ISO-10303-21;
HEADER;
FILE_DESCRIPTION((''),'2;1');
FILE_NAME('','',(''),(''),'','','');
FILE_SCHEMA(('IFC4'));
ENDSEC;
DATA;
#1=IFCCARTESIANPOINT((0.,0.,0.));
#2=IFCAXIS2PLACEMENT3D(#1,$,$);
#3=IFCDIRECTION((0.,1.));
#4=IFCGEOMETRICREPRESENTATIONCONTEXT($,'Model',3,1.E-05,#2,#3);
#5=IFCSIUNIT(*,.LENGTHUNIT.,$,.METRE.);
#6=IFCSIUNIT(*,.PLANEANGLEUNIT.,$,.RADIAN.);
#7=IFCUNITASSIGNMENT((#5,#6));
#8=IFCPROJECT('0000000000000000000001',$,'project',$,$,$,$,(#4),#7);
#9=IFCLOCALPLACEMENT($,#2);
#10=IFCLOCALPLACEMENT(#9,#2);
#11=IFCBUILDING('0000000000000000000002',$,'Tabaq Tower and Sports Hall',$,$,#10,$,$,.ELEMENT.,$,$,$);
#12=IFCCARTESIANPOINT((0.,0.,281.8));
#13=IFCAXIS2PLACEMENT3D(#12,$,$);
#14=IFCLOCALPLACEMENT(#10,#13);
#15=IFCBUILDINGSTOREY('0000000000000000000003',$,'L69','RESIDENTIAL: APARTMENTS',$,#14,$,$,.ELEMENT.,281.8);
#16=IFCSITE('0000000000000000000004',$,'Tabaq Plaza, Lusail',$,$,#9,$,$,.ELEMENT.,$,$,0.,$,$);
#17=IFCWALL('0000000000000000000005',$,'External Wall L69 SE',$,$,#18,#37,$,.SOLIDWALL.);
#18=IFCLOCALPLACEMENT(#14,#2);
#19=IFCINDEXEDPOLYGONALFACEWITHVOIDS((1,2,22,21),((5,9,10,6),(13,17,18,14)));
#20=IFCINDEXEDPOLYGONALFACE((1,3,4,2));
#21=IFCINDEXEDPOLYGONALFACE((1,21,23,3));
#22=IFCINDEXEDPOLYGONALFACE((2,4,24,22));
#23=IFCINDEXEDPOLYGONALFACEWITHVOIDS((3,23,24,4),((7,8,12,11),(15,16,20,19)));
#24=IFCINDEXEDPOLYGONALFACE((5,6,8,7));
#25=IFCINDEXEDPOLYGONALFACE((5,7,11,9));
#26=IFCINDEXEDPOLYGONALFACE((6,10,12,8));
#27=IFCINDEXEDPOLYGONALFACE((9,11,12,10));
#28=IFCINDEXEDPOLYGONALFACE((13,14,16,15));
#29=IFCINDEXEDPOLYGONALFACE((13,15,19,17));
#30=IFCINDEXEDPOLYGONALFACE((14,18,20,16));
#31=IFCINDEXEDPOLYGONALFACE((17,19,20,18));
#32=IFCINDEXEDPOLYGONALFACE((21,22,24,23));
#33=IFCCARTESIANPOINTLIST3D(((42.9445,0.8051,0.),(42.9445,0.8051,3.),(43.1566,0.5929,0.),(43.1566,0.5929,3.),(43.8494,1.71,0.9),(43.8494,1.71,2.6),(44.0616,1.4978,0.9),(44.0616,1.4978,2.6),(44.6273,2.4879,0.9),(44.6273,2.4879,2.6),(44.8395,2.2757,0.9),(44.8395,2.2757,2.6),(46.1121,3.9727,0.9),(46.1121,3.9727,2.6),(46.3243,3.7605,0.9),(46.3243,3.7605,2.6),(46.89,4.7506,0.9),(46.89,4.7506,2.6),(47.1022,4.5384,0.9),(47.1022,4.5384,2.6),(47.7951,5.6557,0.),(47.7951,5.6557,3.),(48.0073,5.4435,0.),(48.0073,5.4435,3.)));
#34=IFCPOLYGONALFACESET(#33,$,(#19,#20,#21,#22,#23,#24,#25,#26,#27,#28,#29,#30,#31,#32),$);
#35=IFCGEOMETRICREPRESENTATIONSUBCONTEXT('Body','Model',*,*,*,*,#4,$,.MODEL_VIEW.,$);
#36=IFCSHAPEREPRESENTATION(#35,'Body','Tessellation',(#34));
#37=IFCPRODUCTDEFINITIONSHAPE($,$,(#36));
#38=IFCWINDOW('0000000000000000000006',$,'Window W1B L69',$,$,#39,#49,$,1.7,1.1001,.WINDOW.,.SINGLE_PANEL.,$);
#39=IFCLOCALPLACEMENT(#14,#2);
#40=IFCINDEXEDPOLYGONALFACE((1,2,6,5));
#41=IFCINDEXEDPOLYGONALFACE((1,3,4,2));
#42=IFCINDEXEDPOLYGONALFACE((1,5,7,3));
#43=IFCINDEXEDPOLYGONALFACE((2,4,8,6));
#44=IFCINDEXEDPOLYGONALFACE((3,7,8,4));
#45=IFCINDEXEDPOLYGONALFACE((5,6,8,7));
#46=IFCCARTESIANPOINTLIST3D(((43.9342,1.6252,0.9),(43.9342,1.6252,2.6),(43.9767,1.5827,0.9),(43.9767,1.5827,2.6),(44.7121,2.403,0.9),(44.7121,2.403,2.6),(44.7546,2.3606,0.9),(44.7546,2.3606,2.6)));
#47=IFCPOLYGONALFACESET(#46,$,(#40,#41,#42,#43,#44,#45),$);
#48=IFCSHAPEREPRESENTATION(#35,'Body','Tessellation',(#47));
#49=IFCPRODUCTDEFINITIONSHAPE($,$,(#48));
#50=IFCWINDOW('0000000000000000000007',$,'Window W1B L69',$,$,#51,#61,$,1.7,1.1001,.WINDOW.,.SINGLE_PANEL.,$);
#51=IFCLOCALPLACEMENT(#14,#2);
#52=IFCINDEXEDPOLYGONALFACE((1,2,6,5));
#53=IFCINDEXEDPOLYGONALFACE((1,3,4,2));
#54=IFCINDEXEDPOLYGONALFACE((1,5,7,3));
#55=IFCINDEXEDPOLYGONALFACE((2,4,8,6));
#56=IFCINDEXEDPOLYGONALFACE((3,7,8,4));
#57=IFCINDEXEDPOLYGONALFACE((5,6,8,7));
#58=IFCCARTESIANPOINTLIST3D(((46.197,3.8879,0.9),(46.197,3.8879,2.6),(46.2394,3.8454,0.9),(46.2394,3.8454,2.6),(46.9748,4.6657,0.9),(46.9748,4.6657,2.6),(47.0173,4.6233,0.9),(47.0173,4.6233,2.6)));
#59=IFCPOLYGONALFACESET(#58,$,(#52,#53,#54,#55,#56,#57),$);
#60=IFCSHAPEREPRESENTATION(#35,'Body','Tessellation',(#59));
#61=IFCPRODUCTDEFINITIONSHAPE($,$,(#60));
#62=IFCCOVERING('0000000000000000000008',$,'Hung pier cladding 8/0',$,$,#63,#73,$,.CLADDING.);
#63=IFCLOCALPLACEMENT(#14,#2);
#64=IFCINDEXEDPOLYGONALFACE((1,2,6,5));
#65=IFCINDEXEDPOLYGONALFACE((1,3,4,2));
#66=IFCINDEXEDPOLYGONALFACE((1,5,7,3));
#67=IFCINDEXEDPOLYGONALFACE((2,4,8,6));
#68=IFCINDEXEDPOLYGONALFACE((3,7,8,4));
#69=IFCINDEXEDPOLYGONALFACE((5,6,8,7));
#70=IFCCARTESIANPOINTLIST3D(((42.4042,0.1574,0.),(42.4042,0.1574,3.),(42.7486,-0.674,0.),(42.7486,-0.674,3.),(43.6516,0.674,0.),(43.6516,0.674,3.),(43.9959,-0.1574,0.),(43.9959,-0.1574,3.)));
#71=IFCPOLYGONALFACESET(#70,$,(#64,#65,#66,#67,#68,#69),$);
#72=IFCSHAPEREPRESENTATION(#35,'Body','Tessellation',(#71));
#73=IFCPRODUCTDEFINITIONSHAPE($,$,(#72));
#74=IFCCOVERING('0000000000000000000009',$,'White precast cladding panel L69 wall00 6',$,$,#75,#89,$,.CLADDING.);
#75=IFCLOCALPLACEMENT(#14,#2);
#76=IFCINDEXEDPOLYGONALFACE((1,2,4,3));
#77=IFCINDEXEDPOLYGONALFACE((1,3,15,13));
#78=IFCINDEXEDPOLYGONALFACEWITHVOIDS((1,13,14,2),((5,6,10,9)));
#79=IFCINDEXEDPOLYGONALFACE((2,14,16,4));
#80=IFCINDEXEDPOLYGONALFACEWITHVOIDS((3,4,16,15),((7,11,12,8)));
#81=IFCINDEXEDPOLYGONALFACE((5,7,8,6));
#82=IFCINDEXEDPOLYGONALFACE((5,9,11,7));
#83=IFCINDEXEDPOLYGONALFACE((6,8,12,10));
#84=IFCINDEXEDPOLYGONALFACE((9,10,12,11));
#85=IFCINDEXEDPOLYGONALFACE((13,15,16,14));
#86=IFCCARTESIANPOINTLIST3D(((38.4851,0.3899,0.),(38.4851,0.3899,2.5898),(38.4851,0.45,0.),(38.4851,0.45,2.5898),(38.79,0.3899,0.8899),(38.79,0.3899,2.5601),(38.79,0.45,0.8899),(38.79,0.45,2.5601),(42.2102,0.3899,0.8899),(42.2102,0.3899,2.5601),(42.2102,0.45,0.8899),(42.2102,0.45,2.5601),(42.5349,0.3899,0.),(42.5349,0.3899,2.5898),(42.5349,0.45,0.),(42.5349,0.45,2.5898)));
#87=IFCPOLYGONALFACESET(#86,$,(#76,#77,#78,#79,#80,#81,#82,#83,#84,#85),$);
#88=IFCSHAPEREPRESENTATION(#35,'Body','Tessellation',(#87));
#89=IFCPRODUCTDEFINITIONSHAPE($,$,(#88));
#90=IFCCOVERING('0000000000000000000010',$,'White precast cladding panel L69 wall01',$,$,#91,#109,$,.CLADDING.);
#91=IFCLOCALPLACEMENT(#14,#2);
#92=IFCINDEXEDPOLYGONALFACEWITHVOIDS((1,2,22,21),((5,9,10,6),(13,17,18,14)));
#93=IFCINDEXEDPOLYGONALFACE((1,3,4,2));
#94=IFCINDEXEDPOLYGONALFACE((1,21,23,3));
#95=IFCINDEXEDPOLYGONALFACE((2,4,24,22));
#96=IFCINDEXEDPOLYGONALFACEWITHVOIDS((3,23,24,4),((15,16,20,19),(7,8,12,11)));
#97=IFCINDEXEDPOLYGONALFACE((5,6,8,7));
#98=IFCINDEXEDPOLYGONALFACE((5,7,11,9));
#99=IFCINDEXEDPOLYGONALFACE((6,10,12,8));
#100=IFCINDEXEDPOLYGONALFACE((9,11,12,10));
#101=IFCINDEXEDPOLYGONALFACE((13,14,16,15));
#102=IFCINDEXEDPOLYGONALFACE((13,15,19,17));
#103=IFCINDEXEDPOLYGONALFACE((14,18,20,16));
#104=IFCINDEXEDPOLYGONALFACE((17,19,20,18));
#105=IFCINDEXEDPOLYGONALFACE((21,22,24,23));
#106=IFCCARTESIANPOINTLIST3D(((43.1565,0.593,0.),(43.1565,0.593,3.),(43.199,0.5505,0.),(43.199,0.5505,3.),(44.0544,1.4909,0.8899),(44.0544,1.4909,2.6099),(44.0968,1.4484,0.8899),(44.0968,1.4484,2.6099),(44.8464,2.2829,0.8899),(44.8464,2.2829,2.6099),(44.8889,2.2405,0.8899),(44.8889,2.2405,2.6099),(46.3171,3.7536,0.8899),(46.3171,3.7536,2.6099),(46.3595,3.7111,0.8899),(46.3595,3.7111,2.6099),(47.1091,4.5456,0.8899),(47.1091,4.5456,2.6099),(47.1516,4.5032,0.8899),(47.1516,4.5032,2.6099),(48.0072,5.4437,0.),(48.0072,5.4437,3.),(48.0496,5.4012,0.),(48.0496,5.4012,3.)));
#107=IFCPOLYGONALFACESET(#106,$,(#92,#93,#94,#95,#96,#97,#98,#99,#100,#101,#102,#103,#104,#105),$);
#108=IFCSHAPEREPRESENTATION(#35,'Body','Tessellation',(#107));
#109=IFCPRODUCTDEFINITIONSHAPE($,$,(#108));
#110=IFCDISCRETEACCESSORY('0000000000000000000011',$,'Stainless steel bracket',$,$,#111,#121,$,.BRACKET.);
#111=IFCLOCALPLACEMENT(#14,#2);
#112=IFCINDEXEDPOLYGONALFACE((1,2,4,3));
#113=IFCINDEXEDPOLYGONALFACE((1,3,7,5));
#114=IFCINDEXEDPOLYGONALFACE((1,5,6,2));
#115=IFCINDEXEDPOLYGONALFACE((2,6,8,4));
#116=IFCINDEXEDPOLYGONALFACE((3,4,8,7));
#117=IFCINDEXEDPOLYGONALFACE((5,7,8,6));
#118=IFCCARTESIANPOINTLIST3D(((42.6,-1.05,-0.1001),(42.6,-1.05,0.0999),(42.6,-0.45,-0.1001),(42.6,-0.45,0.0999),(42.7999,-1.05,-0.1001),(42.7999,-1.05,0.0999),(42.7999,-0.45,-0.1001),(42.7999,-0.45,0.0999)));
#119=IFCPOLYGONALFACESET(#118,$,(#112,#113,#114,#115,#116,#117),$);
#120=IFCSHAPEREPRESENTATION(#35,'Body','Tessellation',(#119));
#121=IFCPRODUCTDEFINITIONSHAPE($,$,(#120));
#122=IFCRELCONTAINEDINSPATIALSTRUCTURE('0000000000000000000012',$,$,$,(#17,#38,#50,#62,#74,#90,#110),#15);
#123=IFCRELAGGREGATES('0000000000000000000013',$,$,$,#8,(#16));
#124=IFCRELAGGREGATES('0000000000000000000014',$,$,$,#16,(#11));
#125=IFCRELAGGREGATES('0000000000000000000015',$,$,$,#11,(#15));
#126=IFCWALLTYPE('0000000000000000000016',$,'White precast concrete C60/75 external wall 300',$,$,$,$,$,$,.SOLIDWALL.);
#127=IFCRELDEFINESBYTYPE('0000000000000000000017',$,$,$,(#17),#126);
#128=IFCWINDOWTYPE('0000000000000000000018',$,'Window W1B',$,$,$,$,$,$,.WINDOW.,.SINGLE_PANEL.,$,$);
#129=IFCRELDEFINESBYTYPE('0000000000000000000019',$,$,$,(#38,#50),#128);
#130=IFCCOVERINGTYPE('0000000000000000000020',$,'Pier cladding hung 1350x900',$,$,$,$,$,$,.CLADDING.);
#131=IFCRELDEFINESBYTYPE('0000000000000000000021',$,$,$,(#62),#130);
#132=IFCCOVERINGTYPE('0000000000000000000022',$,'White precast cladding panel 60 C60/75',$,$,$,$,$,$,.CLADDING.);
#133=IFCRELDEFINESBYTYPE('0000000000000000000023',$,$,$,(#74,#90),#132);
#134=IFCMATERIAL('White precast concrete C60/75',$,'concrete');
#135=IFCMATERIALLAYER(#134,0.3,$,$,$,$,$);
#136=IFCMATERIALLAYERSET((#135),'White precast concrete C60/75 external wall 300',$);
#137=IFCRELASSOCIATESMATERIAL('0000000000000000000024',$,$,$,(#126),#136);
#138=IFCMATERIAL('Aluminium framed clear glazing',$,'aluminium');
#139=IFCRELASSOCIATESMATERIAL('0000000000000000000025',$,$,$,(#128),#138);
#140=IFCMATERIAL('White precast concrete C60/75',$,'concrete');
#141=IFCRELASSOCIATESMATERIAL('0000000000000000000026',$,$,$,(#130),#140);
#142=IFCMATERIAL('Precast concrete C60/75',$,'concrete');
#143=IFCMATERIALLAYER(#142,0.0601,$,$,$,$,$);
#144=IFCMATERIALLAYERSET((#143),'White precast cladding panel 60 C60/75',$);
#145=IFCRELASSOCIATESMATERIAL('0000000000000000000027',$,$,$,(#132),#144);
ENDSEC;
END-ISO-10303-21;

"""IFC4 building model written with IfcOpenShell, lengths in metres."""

from ifc_helpers import new_model, si_unit, direction, frame, frame_2d, origin, origin_2d, place, context, subcontext, project, spatial, polyline, rectangle, outline, extrude, material, layer, layer_set, type_object, element, fill, save


model = new_model("IFC4")

# Units and contexts
model_context = context("Model", 3, precision=1e-05, world=origin(), true_north=direction((0.0, 1.0)))
body_context = subcontext(model_context, "Body", "Model", "MODEL_VIEW")
ifc_project = project(units=[si_unit("LENGTHUNIT", "METRE"), si_unit("PLANEANGLEUNIT", "RADIAN")], contexts=[model_context])

# Site, building, storey
site_placement = place(None, origin())
site = spatial("IfcSite", under=ifc_project, at=site_placement, Name="Tabaq Plaza, Lusail", CompositionType="ELEMENT", RefElevation=0.0)
building_placement = place(site_placement, origin())
building = spatial("IfcBuilding", under=site, at=building_placement, Name="Tabaq Tower and Sports Hall", CompositionType="ELEMENT")
storey_placement = place(building_placement, frame((0.0, 0.0, 281.8)))
storey = spatial("IfcBuildingStorey", under=building, at=storey_placement, Name="L69", Description="RESIDENTIAL: APARTMENTS", CompositionType="ELEMENT", Elevation=281.8)

# Wall, openings, windows
ifc_material_1 = material(Name="White precast concrete C60/75", Category="concrete")
ifc_layer_1 = layer(ifc_material_1, 0.3)
ifc_layer_set_1 = layer_set([ifc_layer_1], Name="White precast concrete C60/75 external wall 300")
wall_type_1 = type_object("IfcWallType", Name="White precast concrete C60/75 external wall 300", PredefinedType="SOLIDWALL", material=ifc_layer_set_1)
wall_1_placement = place(storey_placement, frame((43.0505, 0.699, 0.0), z_axis=(0.0, 0.0, 1.0), x_axis=(0.707107, 0.707107, 0.0)))
wall_1 = element("IfcWall", 1, at=wall_1_placement, inside=storey, type_object=wall_type_1, Name="External Wall L69 SE", PredefinedType="SOLIDWALL", context=body_context, shape_type="SweptSolid", body=[
    extrude(rectangle(XDim=6.8599, YDim=0.3, at=frame_2d((3.4299, 0.0))), origin(), (0.0, 0.0, 1.0), 3.0),
])
opening_1_placement = place(wall_1_placement, frame((1.2798, 0.0, 0.8999)))
opening_1 = element("IfcOpeningElement", 2, at=opening_1_placement, cuts=wall_1, PredefinedType="OPENING", context=body_context, shape_type="SweptSolid", body=[
    extrude(rectangle(XDim=1.1001, YDim=1.7, at=frame_2d((0.55, 0.8501))), frame((0.0, 0.1602, 0.0), z_axis=(0.0, -1.0, 0.0), x_axis=(1.0, 0.0, 0.0)), (0.0, 0.0, 1.0), 0.3201),
])
opening_2_placement = place(wall_1_placement, frame((4.4797, 0.0, 0.8999)))
opening_2 = element("IfcOpeningElement", 3, at=opening_2_placement, cuts=wall_1, PredefinedType="OPENING", context=body_context, shape_type="SweptSolid", body=[
    extrude(rectangle(XDim=1.1001, YDim=1.7, at=frame_2d((0.55, 0.8501))), frame((0.0, 0.1602, 0.0), z_axis=(0.0, -1.0, 0.0), x_axis=(1.0, 0.0, 0.0)), (0.0, 0.0, 1.0), 0.3201),
])
ifc_material_2 = material(Name="Aluminium framed clear glazing", Category="aluminium")
window_type = type_object("IfcWindowType", Name="Window W1B", PartitioningType="SINGLE_PANEL", PredefinedType="WINDOW", material=ifc_material_2)
window_1_placement = place(opening_1_placement, origin())
window_1 = element("IfcWindow", 4, at=window_1_placement, inside=storey, type_object=window_type, Name="Window W1B L69", OverallHeight=1.7, OverallWidth=1.1001, PartitioningType="SINGLE_PANEL", PredefinedType="WINDOW", context=body_context, shape_type="SweptSolid", body=[
    extrude(rectangle(XDim=1.1001, YDim=1.7, at=frame_2d((0.55, 0.8501))), frame((0.0, 0.03, 0.0), z_axis=(0.0, -1.0, 0.0), x_axis=(1.0, 0.0, 0.0)), (0.0, 0.0, 1.0), 0.0601),
])
fill(opening_1, window_1)
window_2_placement = place(opening_2_placement, origin())
window_2 = element("IfcWindow", 5, at=window_2_placement, inside=storey, type_object=window_type, Name="Window W1B L69", OverallHeight=1.7, OverallWidth=1.1001, PartitioningType="SINGLE_PANEL", PredefinedType="WINDOW", context=body_context, shape_type="SweptSolid", body=[
    extrude(rectangle(XDim=1.1001, YDim=1.7, at=frame_2d((0.55, 0.8501))), frame((0.0, 0.03, 0.0), z_axis=(0.0, -1.0, 0.0), x_axis=(1.0, 0.0, 0.0)), (0.0, 0.0, 1.0), 0.0601),
])
fill(opening_2, window_2)

# Coverings
ifc_material_3 = material(Name="White precast concrete C60/75", Category="concrete")
covering_type_1 = type_object("IfcCoveringType", Name="Pier cladding hung 1350x900", PredefinedType="CLADDING", material=ifc_material_3)
covering_1_placement = place(storey_placement, frame((42.5764, -0.2583, 0.0), z_axis=(0.0, 0.0, 1.0), x_axis=(0.923893, 0.38265, 0.0)))
element("IfcCovering", 6, at=covering_1_placement, inside=storey, type_object=covering_type_1, Name="Hung pier cladding 8/0", PredefinedType="CLADDING", context=body_context, shape_type="SweptSolid", body=[
    extrude(rectangle(XDim=1.3501, YDim=0.8999, at=frame_2d((0.675, 0.0))), origin(), (0.0, 0.0, 1.0), 3.0),
])
ifc_material_4 = material(Name="Precast concrete C60/75", Category="concrete")
ifc_layer_2 = layer(ifc_material_4, 0.0601)
ifc_layer_set_2 = layer_set([ifc_layer_2], Name="White precast cladding panel 60 C60/75")
covering_type_2 = type_object("IfcCoveringType", Name="White precast cladding panel 60 C60/75", PredefinedType="CLADDING", material=ifc_layer_set_2)
covering_2_placement = place(storey_placement, frame((38.4851, 0.4199, 0.0), z_axis=(0.0, 0.0, 1.0), x_axis=(1.0, 0.0, 0.0)))
element("IfcCovering", 7, at=covering_2_placement, inside=storey, type_object=covering_type_2, Name="White precast cladding panel L69 wall00 6", PredefinedType="CLADDING", context=body_context, shape_type="SweptSolid", body=[
    extrude(outline(polyline([(0.0, 0.0), (4.0498, 0.0), (4.0498, 2.5898), (0.0, 2.5898), (0.0, 0.0)]), holes=[polyline([(3.7251, 0.8899), (0.3049, 0.8899), (0.3049, 2.5601), (3.7251, 2.5601), (3.7251, 0.8899)])]), frame((0.0, 0.03, 0.0), z_axis=(0.0, -1.0, 0.0), x_axis=(1.0, 0.0, 0.0)), (0.0, 0.0, 1.0), 0.0601),
])
covering_3_placement = place(storey_placement, frame((43.1777, 0.5718, 0.0), z_axis=(0.0, 0.0, 1.0), x_axis=(0.707107, 0.707107, 0.0)))
element("IfcCovering", 8, at=covering_3_placement, inside=storey, type_object=covering_type_2, Name="White precast cladding panel L69 wall01", PredefinedType="CLADDING", context=body_context, shape_type="SweptSolid", body=[
    extrude(outline(polyline([(0.0, 0.0), (6.8599, 0.0), (6.8599, 3.0), (0.0, 3.0), (0.0, 0.0)]), holes=[polyline([(1.2698, 2.6099), (2.3899, 2.6099), (2.3899, 0.8899), (1.2698, 0.8899), (1.2698, 2.6099)]), polyline([(4.4697, 2.6099), (5.5898, 2.6099), (5.5898, 0.8899), (4.4697, 0.8899), (4.4697, 2.6099)])]), frame((0.0, 0.03, 0.0), z_axis=(0.0, -1.0, 0.0), x_axis=(1.0, 0.0, 0.0)), (0.0, 0.0, 1.0), 0.0601),
])

# Discrete accessory
discrete_accessory_placement = place(storey_placement, frame((42.7, -0.75, -0.1001), z_axis=(0.0, 0.0, 1.0), x_axis=(0.0, -1.0, 0.0)))
element("IfcDiscreteAccessory", 9, at=discrete_accessory_placement, inside=storey, Name="Stainless steel bracket", PredefinedType="BRACKET", context=body_context, shape_type="SweptSolid", body=[
    extrude(rectangle(XDim=0.6001, YDim=0.2, at=origin_2d()), origin(), (0.0, 0.0, 1.0), 0.2),
])

save(model, "model.ifc")
